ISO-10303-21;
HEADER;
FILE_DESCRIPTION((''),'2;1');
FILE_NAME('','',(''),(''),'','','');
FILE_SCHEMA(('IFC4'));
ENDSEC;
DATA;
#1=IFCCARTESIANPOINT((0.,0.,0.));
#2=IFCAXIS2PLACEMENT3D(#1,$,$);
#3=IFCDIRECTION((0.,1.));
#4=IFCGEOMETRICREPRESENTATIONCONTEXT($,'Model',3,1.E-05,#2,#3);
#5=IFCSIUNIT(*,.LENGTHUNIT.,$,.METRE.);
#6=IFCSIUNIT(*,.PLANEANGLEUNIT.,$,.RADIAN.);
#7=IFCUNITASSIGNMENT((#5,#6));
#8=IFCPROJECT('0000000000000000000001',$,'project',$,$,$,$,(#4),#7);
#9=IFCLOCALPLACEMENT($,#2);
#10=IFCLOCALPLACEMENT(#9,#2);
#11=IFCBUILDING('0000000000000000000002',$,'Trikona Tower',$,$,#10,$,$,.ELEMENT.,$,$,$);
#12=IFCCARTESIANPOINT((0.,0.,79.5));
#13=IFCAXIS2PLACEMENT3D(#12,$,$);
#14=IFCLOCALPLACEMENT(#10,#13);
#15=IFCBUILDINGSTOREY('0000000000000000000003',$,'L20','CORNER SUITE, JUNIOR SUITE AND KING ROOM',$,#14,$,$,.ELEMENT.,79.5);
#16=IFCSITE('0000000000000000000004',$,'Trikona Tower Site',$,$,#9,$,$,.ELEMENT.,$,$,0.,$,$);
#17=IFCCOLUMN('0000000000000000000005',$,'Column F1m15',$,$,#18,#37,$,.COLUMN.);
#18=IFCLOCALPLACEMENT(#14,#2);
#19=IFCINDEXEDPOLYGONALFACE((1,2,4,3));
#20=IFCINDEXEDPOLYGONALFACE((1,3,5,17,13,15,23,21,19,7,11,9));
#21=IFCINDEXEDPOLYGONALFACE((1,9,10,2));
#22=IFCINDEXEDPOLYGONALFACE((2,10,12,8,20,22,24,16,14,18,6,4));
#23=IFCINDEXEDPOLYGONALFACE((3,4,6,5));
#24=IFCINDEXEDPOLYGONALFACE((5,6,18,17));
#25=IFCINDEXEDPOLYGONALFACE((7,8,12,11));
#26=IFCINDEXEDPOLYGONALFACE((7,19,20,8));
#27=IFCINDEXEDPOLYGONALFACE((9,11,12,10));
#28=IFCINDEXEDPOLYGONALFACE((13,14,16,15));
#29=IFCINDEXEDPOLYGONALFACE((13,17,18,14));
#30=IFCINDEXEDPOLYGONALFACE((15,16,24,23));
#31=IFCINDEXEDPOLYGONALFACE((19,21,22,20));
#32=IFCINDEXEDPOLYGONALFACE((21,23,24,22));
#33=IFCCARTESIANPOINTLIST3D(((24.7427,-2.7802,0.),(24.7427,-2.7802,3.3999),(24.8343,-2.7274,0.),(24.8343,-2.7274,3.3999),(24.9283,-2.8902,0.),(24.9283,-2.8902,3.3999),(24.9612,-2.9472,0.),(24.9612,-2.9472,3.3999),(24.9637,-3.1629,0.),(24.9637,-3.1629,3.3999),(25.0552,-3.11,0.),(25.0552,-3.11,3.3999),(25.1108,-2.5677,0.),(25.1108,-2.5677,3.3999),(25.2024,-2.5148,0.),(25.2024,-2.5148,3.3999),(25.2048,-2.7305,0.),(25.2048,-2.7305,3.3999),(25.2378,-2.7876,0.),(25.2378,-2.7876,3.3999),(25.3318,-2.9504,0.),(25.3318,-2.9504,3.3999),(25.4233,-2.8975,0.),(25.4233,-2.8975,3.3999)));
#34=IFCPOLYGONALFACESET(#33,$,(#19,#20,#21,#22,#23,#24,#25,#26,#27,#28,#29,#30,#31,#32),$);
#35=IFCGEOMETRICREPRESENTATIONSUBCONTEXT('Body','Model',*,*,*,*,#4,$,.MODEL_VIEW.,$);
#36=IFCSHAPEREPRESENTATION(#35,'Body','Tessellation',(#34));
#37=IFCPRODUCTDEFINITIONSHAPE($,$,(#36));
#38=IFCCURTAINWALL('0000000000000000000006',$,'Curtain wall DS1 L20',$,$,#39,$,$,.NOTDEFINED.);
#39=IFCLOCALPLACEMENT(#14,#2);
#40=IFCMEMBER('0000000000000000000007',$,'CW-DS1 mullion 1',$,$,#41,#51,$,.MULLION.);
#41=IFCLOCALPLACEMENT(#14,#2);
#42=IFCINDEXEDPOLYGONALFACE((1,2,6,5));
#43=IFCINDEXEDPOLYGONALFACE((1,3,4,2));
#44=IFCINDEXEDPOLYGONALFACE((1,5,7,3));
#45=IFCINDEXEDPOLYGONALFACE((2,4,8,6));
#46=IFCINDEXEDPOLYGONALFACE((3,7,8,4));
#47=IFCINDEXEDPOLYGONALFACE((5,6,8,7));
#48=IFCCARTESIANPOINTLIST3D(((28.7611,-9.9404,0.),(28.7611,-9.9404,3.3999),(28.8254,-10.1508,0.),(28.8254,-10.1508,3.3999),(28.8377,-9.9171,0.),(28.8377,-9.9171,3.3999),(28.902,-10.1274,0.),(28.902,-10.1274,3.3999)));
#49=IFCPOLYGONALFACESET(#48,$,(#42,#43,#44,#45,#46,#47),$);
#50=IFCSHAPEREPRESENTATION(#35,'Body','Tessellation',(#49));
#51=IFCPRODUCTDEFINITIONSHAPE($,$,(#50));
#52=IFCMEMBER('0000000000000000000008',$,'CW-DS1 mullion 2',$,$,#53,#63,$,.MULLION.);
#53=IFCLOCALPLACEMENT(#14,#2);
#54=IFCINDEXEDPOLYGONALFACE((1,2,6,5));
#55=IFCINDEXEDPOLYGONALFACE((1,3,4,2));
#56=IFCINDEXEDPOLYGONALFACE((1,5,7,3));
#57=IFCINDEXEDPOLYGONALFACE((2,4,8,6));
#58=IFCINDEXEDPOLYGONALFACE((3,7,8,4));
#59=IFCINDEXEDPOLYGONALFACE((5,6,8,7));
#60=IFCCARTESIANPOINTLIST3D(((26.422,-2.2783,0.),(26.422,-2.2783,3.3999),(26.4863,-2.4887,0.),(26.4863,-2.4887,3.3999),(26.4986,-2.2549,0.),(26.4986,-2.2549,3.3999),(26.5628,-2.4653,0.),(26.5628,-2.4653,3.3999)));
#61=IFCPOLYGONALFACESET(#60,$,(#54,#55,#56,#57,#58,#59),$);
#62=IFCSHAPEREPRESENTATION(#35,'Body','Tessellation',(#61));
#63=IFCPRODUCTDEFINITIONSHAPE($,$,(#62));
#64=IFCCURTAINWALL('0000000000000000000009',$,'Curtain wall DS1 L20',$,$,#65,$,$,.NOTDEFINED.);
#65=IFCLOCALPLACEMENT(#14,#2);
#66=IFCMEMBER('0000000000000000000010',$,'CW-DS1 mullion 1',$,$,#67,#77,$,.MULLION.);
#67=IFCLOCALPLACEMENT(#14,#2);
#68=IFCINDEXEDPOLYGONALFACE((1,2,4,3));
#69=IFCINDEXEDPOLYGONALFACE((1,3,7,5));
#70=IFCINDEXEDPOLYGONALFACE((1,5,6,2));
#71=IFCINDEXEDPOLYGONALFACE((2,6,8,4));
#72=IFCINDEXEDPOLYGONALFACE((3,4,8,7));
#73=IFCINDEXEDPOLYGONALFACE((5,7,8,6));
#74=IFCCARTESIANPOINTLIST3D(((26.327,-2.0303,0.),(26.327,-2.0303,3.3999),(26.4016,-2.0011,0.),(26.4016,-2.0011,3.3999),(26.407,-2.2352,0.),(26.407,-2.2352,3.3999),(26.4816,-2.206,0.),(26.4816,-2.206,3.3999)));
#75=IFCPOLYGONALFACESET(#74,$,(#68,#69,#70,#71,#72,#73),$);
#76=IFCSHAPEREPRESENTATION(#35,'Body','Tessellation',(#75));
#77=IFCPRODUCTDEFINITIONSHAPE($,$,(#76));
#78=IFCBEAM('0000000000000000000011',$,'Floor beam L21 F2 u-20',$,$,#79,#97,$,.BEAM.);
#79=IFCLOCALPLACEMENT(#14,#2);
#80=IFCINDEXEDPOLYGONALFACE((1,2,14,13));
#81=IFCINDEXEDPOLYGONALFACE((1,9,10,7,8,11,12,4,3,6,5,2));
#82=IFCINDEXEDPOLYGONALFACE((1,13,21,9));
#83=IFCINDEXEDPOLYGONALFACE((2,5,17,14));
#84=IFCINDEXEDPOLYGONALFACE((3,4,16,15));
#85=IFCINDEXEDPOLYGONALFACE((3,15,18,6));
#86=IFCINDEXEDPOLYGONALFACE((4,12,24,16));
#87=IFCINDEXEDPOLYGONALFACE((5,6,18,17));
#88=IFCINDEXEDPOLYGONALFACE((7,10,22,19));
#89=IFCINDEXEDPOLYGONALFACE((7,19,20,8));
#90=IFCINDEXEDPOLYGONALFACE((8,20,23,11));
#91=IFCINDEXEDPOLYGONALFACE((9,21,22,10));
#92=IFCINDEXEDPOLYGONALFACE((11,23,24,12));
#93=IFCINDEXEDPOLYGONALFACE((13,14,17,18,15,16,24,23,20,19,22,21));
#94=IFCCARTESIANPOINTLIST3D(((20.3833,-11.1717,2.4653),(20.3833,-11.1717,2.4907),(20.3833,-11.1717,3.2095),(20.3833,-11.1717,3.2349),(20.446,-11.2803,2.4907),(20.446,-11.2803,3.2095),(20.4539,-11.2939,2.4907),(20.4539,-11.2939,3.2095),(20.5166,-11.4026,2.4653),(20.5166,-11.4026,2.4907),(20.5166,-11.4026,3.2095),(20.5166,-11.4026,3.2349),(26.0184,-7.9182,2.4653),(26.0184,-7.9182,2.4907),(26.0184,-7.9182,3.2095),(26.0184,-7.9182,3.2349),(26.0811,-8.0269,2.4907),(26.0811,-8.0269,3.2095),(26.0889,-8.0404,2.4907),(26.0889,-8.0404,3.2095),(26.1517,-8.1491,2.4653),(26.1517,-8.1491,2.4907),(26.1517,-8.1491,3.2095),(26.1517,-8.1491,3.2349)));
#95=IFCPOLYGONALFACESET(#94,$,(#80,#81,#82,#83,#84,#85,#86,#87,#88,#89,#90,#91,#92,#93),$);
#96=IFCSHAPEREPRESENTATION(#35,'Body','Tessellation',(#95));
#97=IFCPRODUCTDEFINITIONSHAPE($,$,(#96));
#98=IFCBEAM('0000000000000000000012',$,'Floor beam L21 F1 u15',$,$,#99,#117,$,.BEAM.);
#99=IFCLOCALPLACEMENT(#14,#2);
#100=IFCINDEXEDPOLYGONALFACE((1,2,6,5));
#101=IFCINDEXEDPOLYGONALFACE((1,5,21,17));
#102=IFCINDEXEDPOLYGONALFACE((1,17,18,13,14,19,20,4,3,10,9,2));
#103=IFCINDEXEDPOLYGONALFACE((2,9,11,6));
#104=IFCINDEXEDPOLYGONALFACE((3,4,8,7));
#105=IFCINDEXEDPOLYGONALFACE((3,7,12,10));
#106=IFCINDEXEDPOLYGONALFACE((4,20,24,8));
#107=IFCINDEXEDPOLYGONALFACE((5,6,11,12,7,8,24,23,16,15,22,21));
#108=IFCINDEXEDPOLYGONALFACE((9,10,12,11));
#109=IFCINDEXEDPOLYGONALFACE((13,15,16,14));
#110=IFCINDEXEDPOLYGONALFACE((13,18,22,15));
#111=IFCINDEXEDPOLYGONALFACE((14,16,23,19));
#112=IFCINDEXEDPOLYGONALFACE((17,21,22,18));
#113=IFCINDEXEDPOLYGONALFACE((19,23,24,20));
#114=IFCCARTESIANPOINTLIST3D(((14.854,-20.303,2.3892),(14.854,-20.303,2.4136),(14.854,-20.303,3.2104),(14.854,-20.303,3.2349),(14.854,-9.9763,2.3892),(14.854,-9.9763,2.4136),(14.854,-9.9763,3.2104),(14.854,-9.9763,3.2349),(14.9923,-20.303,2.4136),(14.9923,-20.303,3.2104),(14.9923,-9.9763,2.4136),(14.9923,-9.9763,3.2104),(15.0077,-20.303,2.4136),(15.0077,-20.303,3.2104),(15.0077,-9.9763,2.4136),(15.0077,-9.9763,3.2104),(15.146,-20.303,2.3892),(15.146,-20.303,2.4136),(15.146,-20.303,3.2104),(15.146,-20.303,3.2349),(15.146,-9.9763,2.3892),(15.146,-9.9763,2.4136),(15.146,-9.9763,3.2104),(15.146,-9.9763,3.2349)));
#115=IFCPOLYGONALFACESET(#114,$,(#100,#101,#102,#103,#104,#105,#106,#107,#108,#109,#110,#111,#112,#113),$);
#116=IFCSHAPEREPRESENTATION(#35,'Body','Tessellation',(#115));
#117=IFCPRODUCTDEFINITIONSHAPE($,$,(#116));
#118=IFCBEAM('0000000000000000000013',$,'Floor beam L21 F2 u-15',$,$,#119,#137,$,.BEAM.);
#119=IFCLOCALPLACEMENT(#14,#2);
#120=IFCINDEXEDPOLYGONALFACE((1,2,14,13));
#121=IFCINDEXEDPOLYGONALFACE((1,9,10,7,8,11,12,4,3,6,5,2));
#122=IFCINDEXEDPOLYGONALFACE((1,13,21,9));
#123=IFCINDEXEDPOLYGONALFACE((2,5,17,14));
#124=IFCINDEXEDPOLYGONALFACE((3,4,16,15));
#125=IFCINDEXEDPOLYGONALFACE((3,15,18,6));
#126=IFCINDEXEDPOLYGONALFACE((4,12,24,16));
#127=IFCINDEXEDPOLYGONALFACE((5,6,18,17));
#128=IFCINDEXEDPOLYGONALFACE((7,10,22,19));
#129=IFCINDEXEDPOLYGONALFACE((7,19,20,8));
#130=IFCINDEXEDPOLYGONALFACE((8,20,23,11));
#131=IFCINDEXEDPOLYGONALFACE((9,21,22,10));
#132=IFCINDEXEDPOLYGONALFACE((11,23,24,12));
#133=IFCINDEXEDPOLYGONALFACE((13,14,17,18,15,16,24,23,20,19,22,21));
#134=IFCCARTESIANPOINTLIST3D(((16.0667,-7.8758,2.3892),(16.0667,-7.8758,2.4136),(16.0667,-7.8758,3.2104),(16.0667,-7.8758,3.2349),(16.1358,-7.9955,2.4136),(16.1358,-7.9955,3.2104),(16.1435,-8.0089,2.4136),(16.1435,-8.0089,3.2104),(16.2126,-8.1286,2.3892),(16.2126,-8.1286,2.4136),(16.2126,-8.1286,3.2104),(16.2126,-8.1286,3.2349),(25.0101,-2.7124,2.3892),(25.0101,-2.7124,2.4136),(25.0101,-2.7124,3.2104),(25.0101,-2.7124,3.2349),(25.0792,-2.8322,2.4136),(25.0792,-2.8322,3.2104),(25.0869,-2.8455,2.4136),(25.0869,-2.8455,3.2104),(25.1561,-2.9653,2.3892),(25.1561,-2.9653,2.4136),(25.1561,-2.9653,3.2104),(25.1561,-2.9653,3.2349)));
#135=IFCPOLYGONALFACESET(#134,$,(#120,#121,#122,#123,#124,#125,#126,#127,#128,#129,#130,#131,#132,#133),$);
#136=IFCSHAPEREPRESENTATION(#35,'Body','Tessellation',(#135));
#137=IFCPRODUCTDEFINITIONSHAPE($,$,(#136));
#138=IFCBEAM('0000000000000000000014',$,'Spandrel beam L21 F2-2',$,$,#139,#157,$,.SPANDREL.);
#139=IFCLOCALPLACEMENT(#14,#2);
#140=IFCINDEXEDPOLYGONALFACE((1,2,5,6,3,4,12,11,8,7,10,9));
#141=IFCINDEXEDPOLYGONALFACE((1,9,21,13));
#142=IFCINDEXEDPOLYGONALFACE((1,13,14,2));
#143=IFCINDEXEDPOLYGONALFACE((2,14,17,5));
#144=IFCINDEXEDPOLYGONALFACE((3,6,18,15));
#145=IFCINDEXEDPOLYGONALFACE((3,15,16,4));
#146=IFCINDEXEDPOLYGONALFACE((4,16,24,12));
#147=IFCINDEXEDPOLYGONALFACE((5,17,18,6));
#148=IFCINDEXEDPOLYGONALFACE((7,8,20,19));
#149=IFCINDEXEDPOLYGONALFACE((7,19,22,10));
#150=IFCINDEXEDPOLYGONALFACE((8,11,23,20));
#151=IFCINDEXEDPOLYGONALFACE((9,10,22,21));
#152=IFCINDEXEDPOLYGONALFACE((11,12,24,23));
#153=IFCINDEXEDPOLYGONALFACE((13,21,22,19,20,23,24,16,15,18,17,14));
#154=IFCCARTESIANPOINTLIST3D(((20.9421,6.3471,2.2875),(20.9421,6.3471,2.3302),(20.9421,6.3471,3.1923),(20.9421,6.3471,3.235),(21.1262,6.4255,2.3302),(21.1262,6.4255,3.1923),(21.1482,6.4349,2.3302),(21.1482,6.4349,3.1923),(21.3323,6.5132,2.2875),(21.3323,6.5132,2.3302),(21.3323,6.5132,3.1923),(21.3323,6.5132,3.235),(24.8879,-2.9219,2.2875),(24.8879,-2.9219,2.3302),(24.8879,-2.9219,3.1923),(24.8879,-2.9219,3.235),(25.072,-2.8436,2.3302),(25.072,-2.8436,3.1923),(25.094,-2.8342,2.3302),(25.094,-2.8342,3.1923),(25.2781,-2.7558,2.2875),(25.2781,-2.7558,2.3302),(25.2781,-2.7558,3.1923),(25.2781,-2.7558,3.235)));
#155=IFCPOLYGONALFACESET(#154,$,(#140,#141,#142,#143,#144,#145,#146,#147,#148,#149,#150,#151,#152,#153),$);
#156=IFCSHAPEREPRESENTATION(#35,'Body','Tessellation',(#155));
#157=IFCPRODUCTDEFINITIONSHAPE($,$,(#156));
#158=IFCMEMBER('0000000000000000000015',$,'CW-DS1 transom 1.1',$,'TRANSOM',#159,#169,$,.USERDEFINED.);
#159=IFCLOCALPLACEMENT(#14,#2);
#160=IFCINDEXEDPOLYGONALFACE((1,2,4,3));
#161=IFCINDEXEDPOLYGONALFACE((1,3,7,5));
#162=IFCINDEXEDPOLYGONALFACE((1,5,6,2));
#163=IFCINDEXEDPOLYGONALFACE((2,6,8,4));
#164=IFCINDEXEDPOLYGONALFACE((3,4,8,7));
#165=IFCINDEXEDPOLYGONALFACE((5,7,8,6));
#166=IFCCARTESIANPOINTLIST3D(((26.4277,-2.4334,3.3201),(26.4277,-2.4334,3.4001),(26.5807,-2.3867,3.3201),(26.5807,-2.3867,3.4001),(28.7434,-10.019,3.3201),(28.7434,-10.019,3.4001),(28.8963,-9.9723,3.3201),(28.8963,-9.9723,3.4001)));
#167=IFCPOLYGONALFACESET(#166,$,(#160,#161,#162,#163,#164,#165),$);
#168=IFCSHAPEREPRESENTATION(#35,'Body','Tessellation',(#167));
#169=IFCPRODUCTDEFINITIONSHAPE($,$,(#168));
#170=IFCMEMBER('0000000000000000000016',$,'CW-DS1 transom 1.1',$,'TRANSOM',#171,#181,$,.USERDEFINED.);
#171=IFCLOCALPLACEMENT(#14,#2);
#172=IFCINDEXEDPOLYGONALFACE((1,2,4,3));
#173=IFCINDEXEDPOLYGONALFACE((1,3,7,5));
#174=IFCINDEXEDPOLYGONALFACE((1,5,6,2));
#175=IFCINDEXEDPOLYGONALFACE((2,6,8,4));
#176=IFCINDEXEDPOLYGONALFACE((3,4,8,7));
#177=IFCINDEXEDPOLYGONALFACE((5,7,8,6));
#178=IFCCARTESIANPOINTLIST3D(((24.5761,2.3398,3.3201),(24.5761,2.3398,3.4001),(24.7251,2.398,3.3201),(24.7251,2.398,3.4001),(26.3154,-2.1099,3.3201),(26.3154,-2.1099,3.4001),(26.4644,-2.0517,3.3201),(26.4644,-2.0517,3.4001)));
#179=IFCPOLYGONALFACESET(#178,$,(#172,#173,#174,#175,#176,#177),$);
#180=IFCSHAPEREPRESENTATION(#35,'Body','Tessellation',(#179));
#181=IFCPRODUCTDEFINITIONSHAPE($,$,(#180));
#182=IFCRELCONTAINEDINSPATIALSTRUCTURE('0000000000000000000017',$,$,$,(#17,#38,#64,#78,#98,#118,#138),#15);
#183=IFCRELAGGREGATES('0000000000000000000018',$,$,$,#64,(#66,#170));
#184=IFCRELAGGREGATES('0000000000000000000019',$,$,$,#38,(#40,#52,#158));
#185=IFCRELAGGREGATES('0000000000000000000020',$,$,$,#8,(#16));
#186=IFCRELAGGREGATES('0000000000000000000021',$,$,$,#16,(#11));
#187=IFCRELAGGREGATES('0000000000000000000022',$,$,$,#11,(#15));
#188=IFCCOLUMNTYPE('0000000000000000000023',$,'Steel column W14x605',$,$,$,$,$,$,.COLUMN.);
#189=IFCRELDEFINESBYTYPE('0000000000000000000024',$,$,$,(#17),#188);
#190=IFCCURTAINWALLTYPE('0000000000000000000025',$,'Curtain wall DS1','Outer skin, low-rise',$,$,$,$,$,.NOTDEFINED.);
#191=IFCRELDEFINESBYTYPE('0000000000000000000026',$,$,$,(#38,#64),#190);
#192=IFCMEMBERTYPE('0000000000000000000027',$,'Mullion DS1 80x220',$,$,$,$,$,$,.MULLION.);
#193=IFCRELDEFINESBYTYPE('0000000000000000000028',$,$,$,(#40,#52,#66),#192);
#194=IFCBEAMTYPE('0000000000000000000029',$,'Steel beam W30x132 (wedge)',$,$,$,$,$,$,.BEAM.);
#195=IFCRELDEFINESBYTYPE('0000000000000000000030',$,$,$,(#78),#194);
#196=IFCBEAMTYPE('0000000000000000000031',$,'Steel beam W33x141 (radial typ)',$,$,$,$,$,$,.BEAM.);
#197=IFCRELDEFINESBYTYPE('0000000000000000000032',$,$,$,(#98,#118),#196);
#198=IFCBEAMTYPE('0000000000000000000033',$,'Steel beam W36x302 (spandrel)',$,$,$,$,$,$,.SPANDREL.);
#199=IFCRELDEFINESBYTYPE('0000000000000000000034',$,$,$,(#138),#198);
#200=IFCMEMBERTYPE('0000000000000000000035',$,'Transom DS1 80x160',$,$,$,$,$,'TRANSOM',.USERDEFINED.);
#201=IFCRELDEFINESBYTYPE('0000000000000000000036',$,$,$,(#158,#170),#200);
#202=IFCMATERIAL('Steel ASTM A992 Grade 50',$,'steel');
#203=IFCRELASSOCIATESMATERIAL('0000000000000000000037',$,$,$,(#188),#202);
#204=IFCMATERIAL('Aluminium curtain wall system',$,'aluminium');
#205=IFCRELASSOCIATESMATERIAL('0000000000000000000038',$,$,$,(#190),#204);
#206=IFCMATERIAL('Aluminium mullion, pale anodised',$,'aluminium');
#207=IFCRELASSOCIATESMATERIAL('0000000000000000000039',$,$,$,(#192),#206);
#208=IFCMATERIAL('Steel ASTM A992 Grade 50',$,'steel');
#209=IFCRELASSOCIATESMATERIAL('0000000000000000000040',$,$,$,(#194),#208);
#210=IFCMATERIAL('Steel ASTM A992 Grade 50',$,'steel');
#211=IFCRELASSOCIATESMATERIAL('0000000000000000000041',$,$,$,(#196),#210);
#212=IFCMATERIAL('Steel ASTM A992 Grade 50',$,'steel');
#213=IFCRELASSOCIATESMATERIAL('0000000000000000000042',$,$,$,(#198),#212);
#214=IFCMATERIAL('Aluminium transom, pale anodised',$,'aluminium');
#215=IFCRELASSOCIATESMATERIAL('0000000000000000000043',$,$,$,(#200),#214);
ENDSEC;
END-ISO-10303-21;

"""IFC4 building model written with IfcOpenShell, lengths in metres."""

from ifc_helpers import new_model, si_unit, direction, frame, origin, origin_2d, place, context, subcontext, project, spatial, rectangle, i_section, extrude, material, material_profile, profile_set, type_object, element, aggregate, save


model = new_model("IFC4")

# Units and contexts
model_context = context("Model", 3, precision=1e-05, world=origin(), true_north=direction((0.0, 1.0)))
body_context = subcontext(model_context, "Body", "Model", "MODEL_VIEW")
ifc_project = project(units=[si_unit("LENGTHUNIT", "METRE"), si_unit("PLANEANGLEUNIT", "RADIAN")], contexts=[model_context])

# Site, building, storey
site_placement = place(None, origin())
site = spatial("IfcSite", under=ifc_project, at=site_placement, Name="Trikona Tower Site", CompositionType="ELEMENT", RefElevation=0.0)
building_placement = place(site_placement, origin())
building = spatial("IfcBuilding", under=site, at=building_placement, Name="Trikona Tower", CompositionType="ELEMENT")
storey_placement = place(building_placement, frame((0.0, 0.0, 79.5)))
storey = spatial("IfcBuildingStorey", under=building, at=storey_placement, Name="L20", Description="CORNER SUITE, JUNIOR SUITE AND KING ROOM", CompositionType="ELEMENT", Elevation=79.5)

# Column
ifc_material_1 = material(Name="Steel ASTM A992 Grade 50", Category="steel")
ifc_material_profile_1 = material_profile(ifc_material_1, i_section(OverallWidth=0.4419, OverallDepth=0.5308, WebThickness=0.0659, FlangeThickness=0.1057, at=origin_2d()), Name="W14X605")
ifc_profile_set_1 = profile_set([ifc_material_profile_1], Name="Steel ASTM A992 Grade 50")
column_type = type_object("IfcColumnType", Name="Steel column W14x605", PredefinedType="COLUMN", material=ifc_profile_set_1)
column_placement = place(storey_placement, frame((25.083, -2.8389, 0.0), z_axis=(0.0, 0.0, 1.0), x_axis=(-0.5, 0.866025, 0.0)))
element("IfcColumn", 1, at=column_placement, inside=storey, type_object=column_type, Name="Column F1m15", PredefinedType="COLUMN", context=body_context, shape_type="SweptSolid", body=[
    extrude(i_section(OverallWidth=0.4419, OverallDepth=0.5308, WebThickness=0.0659, FlangeThickness=0.1057, at=origin_2d()), origin(), (0.0, 0.0, 1.0), 3.3999),
])

# Curtain wall, members
ifc_material_2 = material(Name="Aluminium curtain wall system", Category="aluminium")
curtain_wall_type = type_object("IfcCurtainWallType", Name="Curtain wall DS1", Description="Outer skin, low-rise", PredefinedType="NOTDEFINED", material=ifc_material_2)
curtain_wall_1_placement = place(storey_placement, origin())
curtain_wall_1 = element("IfcCurtainWall", 2, at=curtain_wall_1_placement, inside=storey, type_object=curtain_wall_type, Name="Curtain wall DS1 L20", PredefinedType="NOTDEFINED")
ifc_material_3 = material(Name="Aluminium mullion, pale anodised", Category="aluminium")
ifc_material_profile_2 = material_profile(ifc_material_3, rectangle(XDim=0.0801, YDim=0.22, at=origin_2d()), Name="MUL-DS1")
ifc_profile_set_2 = profile_set([ifc_material_profile_2], Name="Aluminium mullion, pale anodised")
member_type_1 = type_object("IfcMemberType", Name="Mullion DS1 80x220", PredefinedType="MULLION", material=ifc_profile_set_2)
member_1_placement = place(storey_placement, frame((28.8315, -10.0339, 0.0), z_axis=(0.0, 0.0, 1.0), x_axis=(-0.956423, -0.291984, 0.0)))
member_1 = element("IfcMember", 3, at=member_1_placement, type_object=member_type_1, Name="CW-DS1 mullion 1", PredefinedType="MULLION", context=body_context, shape_type="SweptSolid", body=[
    extrude(rectangle(XDim=0.0801, YDim=0.22, at=origin_2d()), origin(), (0.0, 0.0, 1.0), 3.3999),
])
member_2_placement = place(storey_placement, frame((26.4924, -2.3718, 0.0), z_axis=(0.0, 0.0, 1.0), x_axis=(-0.956423, -0.291984, 0.0)))
member_2 = element("IfcMember", 4, at=member_2_placement, type_object=member_type_1, Name="CW-DS1 mullion 2", PredefinedType="MULLION", context=body_context, shape_type="SweptSolid", body=[
    extrude(rectangle(XDim=0.0801, YDim=0.22, at=origin_2d()), origin(), (0.0, 0.0, 1.0), 3.3999),
])

# Curtain wall, member
curtain_wall_2_placement = place(storey_placement, origin())
curtain_wall_2 = element("IfcCurtainWall", 5, at=curtain_wall_2_placement, inside=storey, type_object=curtain_wall_type, Name="Curtain wall DS1 L20", PredefinedType="NOTDEFINED")
member_3_placement = place(storey_placement, frame((26.4043, -2.1182, 0.0), z_axis=(0.0, 0.0, 1.0), x_axis=(-0.931396, -0.364008, 0.0)))
member_3 = element("IfcMember", 6, at=member_3_placement, type_object=member_type_1, Name="CW-DS1 mullion 1", PredefinedType="MULLION", context=body_context, shape_type="SweptSolid", body=[
    extrude(rectangle(XDim=0.0801, YDim=0.22, at=origin_2d()), origin(), (0.0, 0.0, 1.0), 3.3999),
])

# Beams
ifc_material_4 = material(Name="Steel ASTM A992 Grade 50", Category="steel")
ifc_material_profile_3 = material_profile(ifc_material_4, i_section(OverallWidth=0.2666, OverallDepth=0.7695, WebThickness=0.0156, FlangeThickness=0.0254, at=origin_2d()), Name="W30X132")
ifc_profile_set_3 = profile_set([ifc_material_profile_3], Name="Steel ASTM A992 Grade 50")
beam_type_1 = type_object("IfcBeamType", Name="Steel beam W30x132 (wedge)", PredefinedType="BEAM", material=ifc_profile_set_3)
beam_1_placement = place(storey_placement, frame((20.45, -11.2871, 2.8501), z_axis=(0.866023, 0.500005, 0.0), x_axis=(-0.500005, 0.866023, 0.0)))
element("IfcBeam", 7, at=beam_1_placement, inside=storey, type_object=beam_type_1, Name="Floor beam L21 F2 u-20", PredefinedType="BEAM", context=body_context, shape_type="SweptSolid", body=[
    extrude(i_section(OverallWidth=0.2666, OverallDepth=0.7695, WebThickness=0.0156, FlangeThickness=0.0254, at=origin_2d()), origin(), (0.0, 0.0, 1.0), 6.5068),
])
ifc_material_5 = material(Name="Steel ASTM A992 Grade 50", Category="steel")
ifc_material_profile_4 = material_profile(ifc_material_5, i_section(OverallWidth=0.292, OverallDepth=0.8457, WebThickness=0.0154, FlangeThickness=0.0244, at=origin_2d()), Name="W33X141")
ifc_profile_set_4 = profile_set([ifc_material_profile_4], Name="Steel ASTM A992 Grade 50")
beam_type_2 = type_object("IfcBeamType", Name="Steel beam W33x141 (radial typ)", PredefinedType="BEAM", material=ifc_profile_set_4)
beam_2_placement = place(storey_placement, frame((15.0, -9.9763, 2.812), z_axis=(0.0, -1.0, 0.0), x_axis=(1.0, 0.0, 0.0)))
element("IfcBeam", 8, at=beam_2_placement, inside=storey, type_object=beam_type_2, Name="Floor beam L21 F1 u15", PredefinedType="BEAM", context=body_context, shape_type="SweptSolid", body=[
    extrude(i_section(OverallWidth=0.292, OverallDepth=0.8457, WebThickness=0.0154, FlangeThickness=0.0244, at=origin_2d()), origin(), (0.0, 0.0, 1.0), 10.3267),
])
beam_3_placement = place(storey_placement, frame((16.1396, -8.0022, 2.812), z_axis=(0.86603, 0.499991, 0.0), x_axis=(-0.499991, 0.86603, 0.0)))
element("IfcBeam", 9, at=beam_3_placement, inside=storey, type_object=beam_type_2, Name="Floor beam L21 F2 u-15", PredefinedType="BEAM", context=body_context, shape_type="SweptSolid", body=[
    extrude(i_section(OverallWidth=0.292, OverallDepth=0.8457, WebThickness=0.0154, FlangeThickness=0.0244, at=origin_2d()), origin(), (0.0, 0.0, 1.0), 10.3269),
])
ifc_material_6 = material(Name="Steel ASTM A992 Grade 50", Category="steel")
ifc_material_profile_5 = material_profile(ifc_material_6, i_section(OverallWidth=0.4241, OverallDepth=0.9475, WebThickness=0.0239, FlangeThickness=0.0427, at=origin_2d()), Name="W36X302")
ifc_profile_set_5 = profile_set([ifc_material_profile_5], Name="Steel ASTM A992 Grade 50")
beam_type_3 = type_object("IfcBeamType", Name="Steel beam W36x302 (spandrel)", PredefinedType="SPANDREL", material=ifc_profile_set_5)
beam_4_placement = place(storey_placement, frame((25.083, -2.8389, 2.7612), z_axis=(-0.391684, 0.9201, 0.0), x_axis=(-0.9201, -0.391684, 0.0)))
element("IfcBeam", 10, at=beam_4_placement, inside=storey, type_object=beam_type_3, Name="Spandrel beam L21 F2-2", PredefinedType="SPANDREL", context=body_context, shape_type="SweptSolid", body=[
    extrude(i_section(OverallWidth=0.4241, OverallDepth=0.9475, WebThickness=0.0239, FlangeThickness=0.0427, at=origin_2d()), origin(), (0.0, 0.0, 1.0), 10.074),
])

# Members
ifc_material_7 = material(Name="Aluminium transom, pale anodised", Category="aluminium")
ifc_material_profile_6 = material_profile(ifc_material_7, rectangle(XDim=0.1599, YDim=0.0801, at=origin_2d()), Name="TRN-DS1")
ifc_profile_set_6 = profile_set([ifc_material_profile_6], Name="Aluminium transom, pale anodised")
member_type_2 = type_object("IfcMemberType", Name="Transom DS1 80x160", ElementType="TRANSOM", PredefinedType="USERDEFINED", material=ifc_profile_set_6)
member_4_placement = place(storey_placement, frame((28.8198, -9.9956, 3.3601), z_axis=(-0.291967, 0.956428, 0.0), x_axis=(-0.956428, -0.291967, 0.0)))
member_4 = element("IfcMember", 11, at=member_4_placement, type_object=member_type_2, Name="CW-DS1 transom 1.1", ObjectType="TRANSOM", PredefinedType="USERDEFINED", context=body_context, shape_type="SweptSolid", body=[
    extrude(rectangle(XDim=0.1599, YDim=0.0801, at=origin_2d()), origin(), (0.0, 0.0, 1.0), 7.9312),
])
member_5_placement = place(storey_placement, frame((26.3899, -2.0808, 3.3601), z_axis=(-0.364049, 0.93138, 0.0), x_axis=(-0.93138, -0.364049, 0.0)))
member_5 = element("IfcMember", 12, at=member_5_placement, type_object=member_type_2, Name="CW-DS1 transom 1.1", ObjectType="TRANSOM", PredefinedType="USERDEFINED", context=body_context, shape_type="SweptSolid", body=[
    extrude(rectangle(XDim=0.1599, YDim=0.0801, at=origin_2d()), origin(), (0.0, 0.0, 1.0), 4.7776),
])
aggregate(curtain_wall_2, [member_3, member_5])

aggregate(curtain_wall_1, [member_1, member_2, member_4])

save(model, "model.ifc")
